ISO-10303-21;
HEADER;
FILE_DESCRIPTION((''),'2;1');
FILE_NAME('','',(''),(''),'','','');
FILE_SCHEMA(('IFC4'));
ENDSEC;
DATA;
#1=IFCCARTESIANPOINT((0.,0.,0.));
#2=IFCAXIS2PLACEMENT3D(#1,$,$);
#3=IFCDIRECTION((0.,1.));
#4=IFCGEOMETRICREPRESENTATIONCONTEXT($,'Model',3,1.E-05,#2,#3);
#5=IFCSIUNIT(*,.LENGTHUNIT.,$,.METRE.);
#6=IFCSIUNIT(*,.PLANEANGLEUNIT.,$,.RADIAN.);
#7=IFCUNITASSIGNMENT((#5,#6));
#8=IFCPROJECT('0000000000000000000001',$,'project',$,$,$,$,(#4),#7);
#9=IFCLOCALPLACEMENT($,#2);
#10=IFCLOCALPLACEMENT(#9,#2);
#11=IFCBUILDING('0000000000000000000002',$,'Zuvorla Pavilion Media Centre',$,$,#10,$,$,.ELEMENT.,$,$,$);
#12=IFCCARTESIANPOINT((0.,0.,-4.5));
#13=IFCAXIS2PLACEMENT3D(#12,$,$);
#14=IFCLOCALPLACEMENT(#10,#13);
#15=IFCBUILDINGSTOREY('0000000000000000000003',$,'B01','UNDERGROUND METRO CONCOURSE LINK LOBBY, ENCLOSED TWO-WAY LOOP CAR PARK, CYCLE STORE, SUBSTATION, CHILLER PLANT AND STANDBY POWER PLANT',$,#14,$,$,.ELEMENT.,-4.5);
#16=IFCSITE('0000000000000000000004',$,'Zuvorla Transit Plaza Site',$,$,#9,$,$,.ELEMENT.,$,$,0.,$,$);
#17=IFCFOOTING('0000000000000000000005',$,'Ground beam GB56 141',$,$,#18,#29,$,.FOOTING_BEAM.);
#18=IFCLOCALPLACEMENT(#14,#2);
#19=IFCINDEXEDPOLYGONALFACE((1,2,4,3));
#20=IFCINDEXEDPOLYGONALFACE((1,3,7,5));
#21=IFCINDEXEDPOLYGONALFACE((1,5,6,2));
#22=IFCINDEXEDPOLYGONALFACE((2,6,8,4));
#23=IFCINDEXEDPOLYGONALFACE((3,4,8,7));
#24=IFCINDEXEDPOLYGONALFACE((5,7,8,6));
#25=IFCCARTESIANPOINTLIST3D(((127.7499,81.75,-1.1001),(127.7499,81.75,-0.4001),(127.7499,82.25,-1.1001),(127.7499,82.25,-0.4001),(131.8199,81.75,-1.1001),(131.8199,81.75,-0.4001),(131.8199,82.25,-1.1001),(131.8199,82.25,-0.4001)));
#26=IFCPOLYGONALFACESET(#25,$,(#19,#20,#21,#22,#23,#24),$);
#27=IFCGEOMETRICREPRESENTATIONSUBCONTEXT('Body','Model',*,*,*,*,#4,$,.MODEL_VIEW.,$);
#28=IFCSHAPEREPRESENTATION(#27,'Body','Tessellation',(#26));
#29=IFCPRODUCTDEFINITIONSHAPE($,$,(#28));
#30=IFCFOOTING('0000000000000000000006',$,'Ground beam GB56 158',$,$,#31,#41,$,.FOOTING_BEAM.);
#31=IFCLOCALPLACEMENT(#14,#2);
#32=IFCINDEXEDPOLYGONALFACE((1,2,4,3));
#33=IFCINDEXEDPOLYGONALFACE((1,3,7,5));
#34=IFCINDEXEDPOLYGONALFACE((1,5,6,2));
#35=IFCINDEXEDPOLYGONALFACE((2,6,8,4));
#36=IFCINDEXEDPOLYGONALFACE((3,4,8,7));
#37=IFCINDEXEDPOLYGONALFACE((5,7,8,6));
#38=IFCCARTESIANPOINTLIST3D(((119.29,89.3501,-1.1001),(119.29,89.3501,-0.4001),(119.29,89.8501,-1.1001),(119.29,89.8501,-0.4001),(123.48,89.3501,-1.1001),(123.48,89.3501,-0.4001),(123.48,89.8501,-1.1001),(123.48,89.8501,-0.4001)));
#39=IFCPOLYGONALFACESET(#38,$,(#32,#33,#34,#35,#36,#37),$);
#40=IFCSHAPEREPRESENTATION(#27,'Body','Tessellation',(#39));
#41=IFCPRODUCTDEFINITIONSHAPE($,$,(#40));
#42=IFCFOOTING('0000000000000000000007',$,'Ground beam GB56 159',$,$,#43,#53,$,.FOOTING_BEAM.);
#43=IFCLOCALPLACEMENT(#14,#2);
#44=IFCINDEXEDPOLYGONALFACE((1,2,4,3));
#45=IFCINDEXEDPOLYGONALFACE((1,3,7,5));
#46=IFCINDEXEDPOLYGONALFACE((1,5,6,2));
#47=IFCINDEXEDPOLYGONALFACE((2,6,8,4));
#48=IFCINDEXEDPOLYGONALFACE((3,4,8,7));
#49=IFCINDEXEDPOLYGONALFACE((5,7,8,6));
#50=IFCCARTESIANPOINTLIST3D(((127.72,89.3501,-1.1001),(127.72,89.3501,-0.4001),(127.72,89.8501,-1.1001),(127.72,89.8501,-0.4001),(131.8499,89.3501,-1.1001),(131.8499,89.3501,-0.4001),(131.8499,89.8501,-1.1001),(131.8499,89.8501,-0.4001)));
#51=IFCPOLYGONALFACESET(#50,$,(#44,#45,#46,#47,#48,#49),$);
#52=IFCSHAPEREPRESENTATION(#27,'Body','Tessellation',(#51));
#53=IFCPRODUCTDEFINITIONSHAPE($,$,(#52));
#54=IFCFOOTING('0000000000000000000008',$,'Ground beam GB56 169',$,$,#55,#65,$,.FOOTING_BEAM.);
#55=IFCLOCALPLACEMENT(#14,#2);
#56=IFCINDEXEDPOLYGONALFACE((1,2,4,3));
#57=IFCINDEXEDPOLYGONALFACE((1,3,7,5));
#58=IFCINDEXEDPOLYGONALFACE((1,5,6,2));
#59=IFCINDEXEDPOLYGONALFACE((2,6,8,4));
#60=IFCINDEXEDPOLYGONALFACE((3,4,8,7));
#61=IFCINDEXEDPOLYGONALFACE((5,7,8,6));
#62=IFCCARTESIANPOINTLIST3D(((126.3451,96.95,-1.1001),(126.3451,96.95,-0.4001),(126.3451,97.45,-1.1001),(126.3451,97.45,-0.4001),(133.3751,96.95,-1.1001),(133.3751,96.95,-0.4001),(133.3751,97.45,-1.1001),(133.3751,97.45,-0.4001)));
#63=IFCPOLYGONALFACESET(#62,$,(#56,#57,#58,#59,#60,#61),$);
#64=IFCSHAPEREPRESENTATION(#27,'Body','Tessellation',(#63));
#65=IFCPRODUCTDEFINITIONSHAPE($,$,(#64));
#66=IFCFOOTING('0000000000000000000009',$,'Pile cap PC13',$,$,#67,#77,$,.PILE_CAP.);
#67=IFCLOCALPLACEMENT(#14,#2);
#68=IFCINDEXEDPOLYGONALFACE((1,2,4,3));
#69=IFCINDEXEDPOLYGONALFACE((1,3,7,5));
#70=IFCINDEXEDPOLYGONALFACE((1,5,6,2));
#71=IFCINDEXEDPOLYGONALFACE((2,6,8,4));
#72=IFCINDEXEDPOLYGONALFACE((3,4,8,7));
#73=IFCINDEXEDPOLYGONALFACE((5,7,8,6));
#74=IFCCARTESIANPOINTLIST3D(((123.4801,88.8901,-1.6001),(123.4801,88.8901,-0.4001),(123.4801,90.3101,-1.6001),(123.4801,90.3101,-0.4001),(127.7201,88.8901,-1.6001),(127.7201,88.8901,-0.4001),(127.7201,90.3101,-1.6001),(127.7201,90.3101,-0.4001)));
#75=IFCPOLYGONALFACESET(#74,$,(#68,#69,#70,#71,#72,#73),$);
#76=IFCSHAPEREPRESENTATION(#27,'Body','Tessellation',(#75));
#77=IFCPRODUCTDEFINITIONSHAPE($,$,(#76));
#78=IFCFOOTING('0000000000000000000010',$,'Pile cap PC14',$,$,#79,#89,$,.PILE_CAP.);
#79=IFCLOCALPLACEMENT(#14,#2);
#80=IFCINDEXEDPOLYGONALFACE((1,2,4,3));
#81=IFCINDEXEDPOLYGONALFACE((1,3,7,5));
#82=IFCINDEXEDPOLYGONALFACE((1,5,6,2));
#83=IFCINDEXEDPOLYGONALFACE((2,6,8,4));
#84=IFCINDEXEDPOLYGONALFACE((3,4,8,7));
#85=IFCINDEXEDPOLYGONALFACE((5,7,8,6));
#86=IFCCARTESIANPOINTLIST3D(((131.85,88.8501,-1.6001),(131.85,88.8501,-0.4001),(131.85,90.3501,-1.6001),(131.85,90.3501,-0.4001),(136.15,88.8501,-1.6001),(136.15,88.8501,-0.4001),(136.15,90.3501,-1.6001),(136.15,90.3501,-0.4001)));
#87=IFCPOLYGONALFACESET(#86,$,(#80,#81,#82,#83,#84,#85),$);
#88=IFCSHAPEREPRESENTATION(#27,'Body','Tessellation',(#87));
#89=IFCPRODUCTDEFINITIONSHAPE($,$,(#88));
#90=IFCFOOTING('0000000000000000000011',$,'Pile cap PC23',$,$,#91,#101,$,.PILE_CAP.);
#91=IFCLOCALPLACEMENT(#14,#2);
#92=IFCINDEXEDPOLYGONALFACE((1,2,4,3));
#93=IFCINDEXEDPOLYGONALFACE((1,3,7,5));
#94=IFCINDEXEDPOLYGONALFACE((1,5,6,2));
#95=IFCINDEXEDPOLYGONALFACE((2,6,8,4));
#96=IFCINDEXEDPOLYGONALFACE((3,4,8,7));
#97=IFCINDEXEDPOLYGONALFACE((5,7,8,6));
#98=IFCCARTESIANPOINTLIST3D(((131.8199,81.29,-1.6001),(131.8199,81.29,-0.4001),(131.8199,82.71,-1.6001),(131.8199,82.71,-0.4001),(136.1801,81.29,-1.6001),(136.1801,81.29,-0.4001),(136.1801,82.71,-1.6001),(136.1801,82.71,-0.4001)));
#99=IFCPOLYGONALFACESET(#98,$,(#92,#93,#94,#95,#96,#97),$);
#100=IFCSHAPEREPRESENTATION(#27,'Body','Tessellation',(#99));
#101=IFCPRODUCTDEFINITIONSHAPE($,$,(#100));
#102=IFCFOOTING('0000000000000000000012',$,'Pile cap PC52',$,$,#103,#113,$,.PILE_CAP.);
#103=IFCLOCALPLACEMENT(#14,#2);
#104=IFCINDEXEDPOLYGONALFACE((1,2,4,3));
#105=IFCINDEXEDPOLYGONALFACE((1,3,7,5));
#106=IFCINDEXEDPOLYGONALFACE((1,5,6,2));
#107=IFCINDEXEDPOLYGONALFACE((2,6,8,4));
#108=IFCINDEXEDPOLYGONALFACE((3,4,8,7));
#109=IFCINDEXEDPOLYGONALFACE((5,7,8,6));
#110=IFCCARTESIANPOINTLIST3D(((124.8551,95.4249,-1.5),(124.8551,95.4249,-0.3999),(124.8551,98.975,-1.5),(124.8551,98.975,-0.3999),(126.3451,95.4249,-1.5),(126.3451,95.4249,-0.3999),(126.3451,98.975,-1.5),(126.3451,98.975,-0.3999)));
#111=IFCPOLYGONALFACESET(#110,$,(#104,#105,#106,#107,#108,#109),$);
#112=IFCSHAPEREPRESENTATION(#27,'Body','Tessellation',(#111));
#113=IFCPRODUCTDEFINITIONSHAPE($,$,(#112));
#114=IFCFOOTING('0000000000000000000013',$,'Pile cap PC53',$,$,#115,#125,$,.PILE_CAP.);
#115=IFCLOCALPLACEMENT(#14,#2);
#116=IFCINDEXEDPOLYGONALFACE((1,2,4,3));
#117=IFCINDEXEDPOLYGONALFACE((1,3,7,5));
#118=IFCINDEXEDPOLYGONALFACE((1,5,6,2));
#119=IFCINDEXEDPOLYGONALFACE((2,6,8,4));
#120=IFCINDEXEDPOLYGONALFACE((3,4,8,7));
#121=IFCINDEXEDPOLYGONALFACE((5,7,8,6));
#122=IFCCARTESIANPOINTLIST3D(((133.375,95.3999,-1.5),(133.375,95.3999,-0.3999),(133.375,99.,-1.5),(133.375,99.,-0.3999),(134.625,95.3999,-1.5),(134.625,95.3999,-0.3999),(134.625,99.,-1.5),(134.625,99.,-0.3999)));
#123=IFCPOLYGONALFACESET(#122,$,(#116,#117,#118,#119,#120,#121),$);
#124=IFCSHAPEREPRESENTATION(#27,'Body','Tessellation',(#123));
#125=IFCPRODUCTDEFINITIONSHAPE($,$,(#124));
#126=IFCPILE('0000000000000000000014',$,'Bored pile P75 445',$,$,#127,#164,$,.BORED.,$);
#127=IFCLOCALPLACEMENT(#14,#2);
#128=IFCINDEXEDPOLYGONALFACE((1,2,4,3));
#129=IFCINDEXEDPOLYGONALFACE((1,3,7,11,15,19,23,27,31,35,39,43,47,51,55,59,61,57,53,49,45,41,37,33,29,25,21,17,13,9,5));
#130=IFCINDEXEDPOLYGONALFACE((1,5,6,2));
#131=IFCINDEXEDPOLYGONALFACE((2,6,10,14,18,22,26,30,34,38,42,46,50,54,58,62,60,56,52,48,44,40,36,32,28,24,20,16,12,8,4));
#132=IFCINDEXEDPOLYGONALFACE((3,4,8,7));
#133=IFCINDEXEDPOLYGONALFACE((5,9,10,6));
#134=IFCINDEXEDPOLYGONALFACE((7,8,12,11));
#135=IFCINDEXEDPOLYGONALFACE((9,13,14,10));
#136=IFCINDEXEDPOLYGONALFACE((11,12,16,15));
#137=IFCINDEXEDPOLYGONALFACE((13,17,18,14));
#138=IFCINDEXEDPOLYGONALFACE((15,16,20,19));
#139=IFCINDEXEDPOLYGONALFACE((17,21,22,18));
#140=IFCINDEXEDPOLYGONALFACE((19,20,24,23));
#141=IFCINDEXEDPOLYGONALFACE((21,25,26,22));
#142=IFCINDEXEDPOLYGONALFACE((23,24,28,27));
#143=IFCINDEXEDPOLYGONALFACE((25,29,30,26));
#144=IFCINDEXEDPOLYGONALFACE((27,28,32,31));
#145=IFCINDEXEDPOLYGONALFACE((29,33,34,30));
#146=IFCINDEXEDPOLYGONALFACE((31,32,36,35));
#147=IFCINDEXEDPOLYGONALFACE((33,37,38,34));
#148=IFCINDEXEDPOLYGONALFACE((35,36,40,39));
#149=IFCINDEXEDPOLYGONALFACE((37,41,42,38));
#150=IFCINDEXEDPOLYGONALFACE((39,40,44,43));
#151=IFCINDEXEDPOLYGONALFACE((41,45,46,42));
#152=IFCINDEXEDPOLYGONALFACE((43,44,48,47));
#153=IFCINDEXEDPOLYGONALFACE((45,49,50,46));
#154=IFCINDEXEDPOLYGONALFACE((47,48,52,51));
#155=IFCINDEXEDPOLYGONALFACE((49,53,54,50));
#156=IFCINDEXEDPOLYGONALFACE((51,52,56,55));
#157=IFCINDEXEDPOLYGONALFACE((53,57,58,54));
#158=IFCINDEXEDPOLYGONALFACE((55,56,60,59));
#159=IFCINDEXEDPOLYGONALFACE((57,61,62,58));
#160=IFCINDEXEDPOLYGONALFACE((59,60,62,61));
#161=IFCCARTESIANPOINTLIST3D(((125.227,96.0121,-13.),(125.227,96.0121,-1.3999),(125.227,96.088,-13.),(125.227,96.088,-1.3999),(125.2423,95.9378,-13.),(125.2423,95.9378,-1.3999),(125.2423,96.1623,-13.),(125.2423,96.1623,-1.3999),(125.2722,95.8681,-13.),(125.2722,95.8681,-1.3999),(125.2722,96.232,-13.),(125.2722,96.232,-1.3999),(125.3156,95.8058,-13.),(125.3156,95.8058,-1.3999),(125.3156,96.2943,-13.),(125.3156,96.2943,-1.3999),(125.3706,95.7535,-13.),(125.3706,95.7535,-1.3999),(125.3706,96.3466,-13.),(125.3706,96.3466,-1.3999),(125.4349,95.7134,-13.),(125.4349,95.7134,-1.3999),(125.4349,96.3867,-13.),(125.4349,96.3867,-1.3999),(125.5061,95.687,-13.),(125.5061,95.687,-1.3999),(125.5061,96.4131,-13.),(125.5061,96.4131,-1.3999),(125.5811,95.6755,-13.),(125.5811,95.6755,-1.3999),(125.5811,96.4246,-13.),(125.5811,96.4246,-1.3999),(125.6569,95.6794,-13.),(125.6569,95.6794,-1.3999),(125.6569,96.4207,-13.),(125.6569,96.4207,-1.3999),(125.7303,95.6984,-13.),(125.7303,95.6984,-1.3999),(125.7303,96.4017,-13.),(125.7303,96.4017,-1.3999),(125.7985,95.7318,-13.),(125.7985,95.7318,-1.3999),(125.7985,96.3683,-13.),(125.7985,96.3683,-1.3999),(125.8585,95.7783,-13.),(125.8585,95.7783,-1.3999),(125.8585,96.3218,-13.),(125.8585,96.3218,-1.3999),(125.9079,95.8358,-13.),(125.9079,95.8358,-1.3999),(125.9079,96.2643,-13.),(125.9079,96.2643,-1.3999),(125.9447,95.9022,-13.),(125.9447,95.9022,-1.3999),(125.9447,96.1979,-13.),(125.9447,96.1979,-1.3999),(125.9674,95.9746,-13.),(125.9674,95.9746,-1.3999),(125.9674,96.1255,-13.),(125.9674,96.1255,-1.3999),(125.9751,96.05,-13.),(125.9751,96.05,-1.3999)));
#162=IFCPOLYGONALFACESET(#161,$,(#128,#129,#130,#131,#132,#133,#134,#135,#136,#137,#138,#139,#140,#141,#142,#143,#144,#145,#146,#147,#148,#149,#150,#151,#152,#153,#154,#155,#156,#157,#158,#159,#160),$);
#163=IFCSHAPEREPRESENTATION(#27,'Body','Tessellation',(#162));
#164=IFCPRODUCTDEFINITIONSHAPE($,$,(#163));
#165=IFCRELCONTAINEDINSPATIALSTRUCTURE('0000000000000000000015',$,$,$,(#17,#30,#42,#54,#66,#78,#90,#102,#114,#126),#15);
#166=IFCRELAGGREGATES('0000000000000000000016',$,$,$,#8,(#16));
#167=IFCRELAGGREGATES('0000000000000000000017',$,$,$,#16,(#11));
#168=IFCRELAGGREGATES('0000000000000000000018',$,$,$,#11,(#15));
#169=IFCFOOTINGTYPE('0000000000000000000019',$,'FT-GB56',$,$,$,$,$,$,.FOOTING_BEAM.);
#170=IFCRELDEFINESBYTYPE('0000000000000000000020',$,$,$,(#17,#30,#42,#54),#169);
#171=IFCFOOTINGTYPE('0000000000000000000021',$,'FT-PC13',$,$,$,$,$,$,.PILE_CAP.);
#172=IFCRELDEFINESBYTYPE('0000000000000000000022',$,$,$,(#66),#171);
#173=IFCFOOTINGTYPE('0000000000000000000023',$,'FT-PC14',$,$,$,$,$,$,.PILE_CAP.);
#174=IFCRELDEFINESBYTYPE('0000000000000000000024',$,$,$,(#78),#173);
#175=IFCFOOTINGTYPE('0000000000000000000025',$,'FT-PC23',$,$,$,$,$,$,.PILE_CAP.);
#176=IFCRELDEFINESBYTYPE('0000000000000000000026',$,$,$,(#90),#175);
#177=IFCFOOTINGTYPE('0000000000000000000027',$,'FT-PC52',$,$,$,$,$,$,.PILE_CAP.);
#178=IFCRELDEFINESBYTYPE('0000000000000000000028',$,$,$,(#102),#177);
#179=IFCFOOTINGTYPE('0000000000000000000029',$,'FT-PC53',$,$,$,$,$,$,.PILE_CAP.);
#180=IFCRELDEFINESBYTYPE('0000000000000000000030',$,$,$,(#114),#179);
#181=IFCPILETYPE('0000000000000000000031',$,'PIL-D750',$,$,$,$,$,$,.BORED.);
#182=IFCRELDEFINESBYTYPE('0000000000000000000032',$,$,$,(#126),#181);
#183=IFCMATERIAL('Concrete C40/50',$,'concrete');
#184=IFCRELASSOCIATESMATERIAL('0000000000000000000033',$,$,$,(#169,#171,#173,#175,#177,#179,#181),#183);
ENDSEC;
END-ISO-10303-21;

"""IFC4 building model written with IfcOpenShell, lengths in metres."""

from ifc_helpers import new_model, si_unit, direction, frame, origin, origin_2d, place, context, subcontext, project, spatial, rectangle, circle, extrude, material, material_profile, profile_set, type_object, element, save


model = new_model("IFC4")

# Units and contexts
model_context = context("Model", 3, precision=1e-05, world=origin(), true_north=direction((0.0, 1.0)))
body_context = subcontext(model_context, "Body", "Model", "MODEL_VIEW")
ifc_project = project(units=[si_unit("LENGTHUNIT", "METRE"), si_unit("PLANEANGLEUNIT", "RADIAN")], contexts=[model_context])

# Site, building, storey
site_placement = place(None, origin())
site = spatial("IfcSite", under=ifc_project, at=site_placement, Name="Zuvorla Transit Plaza Site", CompositionType="ELEMENT", RefElevation=0.0)
building_placement = place(site_placement, origin())
building = spatial("IfcBuilding", under=site, at=building_placement, Name="Zuvorla Pavilion Media Centre", CompositionType="ELEMENT")
storey_placement = place(building_placement, frame((0.0, 0.0, -4.5)))
storey = spatial("IfcBuildingStorey", under=building, at=storey_placement, Name="B01", Description="UNDERGROUND METRO CONCOURSE LINK LOBBY, ENCLOSED TWO-WAY LOOP CAR PARK, CYCLE STORE, SUBSTATION, CHILLER PLANT AND STANDBY POWER PLANT", CompositionType="ELEMENT", Elevation=-4.5)

# Footings
ifc_material = material(Name="Concrete C40/50", Category="concrete")
footing_type_1 = type_object("IfcFootingType", Name="FT-GB56", PredefinedType="FOOTING_BEAM", material=ifc_material)
footing_1_placement = place(storey_placement, frame((129.7849, 82.0, -1.1001), z_axis=(0.0, 0.0, 1.0), x_axis=(1.0, 0.0, 0.0)))
element("IfcFooting", 1, at=footing_1_placement, inside=storey, type_object=footing_type_1, Name="Ground beam GB56 141", PredefinedType="FOOTING_BEAM", context=body_context, shape_type="SweptSolid", body=[
    extrude(rectangle(XDim=4.0701, YDim=0.5, at=origin_2d()), origin(), (0.0, 0.0, 1.0), 0.7),
])
footing_2_placement = place(storey_placement, frame((121.385, 89.6001, -1.1001), z_axis=(0.0, 0.0, 1.0), x_axis=(1.0, 0.0, 0.0)))
element("IfcFooting", 2, at=footing_2_placement, inside=storey, type_object=footing_type_1, Name="Ground beam GB56 158", PredefinedType="FOOTING_BEAM", context=body_context, shape_type="SweptSolid", body=[
    extrude(rectangle(XDim=4.1899, YDim=0.5, at=origin_2d()), origin(), (0.0, 0.0, 1.0), 0.7),
])
footing_3_placement = place(storey_placement, frame((129.7849, 89.6001, -1.1001), z_axis=(0.0, 0.0, 1.0), x_axis=(1.0, 0.0, 0.0)))
element("IfcFooting", 3, at=footing_3_placement, inside=storey, type_object=footing_type_1, Name="Ground beam GB56 159", PredefinedType="FOOTING_BEAM", context=body_context, shape_type="SweptSolid", body=[
    extrude(rectangle(XDim=4.1299, YDim=0.5, at=origin_2d()), origin(), (0.0, 0.0, 1.0), 0.7),
])
footing_4_placement = place(storey_placement, frame((129.8601, 97.2, -1.1001), z_axis=(0.0, 0.0, 1.0), x_axis=(1.0, 0.0, 0.0)))
element("IfcFooting", 4, at=footing_4_placement, inside=storey, type_object=footing_type_1, Name="Ground beam GB56 169", PredefinedType="FOOTING_BEAM", context=body_context, shape_type="SweptSolid", body=[
    extrude(rectangle(XDim=7.03, YDim=0.5, at=origin_2d()), origin(), (0.0, 0.0, 1.0), 0.7),
])
footing_type_2 = type_object("IfcFootingType", Name="FT-PC13", PredefinedType="PILE_CAP", material=ifc_material)
footing_5_placement = place(storey_placement, frame((125.6001, 89.6001, -1.6001), z_axis=(0.0, 0.0, 1.0), x_axis=(1.0, 0.0, 0.0)))
element("IfcFooting", 5, at=footing_5_placement, inside=storey, type_object=footing_type_2, Name="Pile cap PC13", PredefinedType="PILE_CAP", context=body_context, shape_type="SweptSolid", body=[
    extrude(rectangle(XDim=4.24, YDim=1.4199, at=origin_2d()), origin(), (0.0, 0.0, 1.0), 1.2),
])
footing_type_3 = type_object("IfcFootingType", Name="FT-PC14", PredefinedType="PILE_CAP", material=ifc_material)
footing_6_placement = place(storey_placement, frame((134.0, 89.6001, -1.6001), z_axis=(0.0, 0.0, 1.0), x_axis=(1.0, 0.0, 0.0)))
element("IfcFooting", 6, at=footing_6_placement, inside=storey, type_object=footing_type_3, Name="Pile cap PC14", PredefinedType="PILE_CAP", context=body_context, shape_type="SweptSolid", body=[
    extrude(rectangle(XDim=4.3, YDim=1.5, at=origin_2d()), origin(), (0.0, 0.0, 1.0), 1.2),
])
footing_type_4 = type_object("IfcFootingType", Name="FT-PC23", PredefinedType="PILE_CAP", material=ifc_material)
footing_7_placement = place(storey_placement, frame((134.0, 82.0, -1.6001), z_axis=(0.0, 0.0, 1.0), x_axis=(1.0, 0.0, 0.0)))
element("IfcFooting", 7, at=footing_7_placement, inside=storey, type_object=footing_type_4, Name="Pile cap PC23", PredefinedType="PILE_CAP", context=body_context, shape_type="SweptSolid", body=[
    extrude(rectangle(XDim=4.3601, YDim=1.4199, at=origin_2d()), origin(), (0.0, 0.0, 1.0), 1.2),
])
footing_type_5 = type_object("IfcFootingType", Name="FT-PC52", PredefinedType="PILE_CAP", material=ifc_material)
footing_8_placement = place(storey_placement, frame((125.6001, 97.2, -1.5), z_axis=(0.0, 0.0, 1.0), x_axis=(1.0, 0.0, 0.0)))
element("IfcFooting", 8, at=footing_8_placement, inside=storey, type_object=footing_type_5, Name="Pile cap PC52", PredefinedType="PILE_CAP", context=body_context, shape_type="SweptSolid", body=[
    extrude(rectangle(XDim=1.49, YDim=3.55, at=origin_2d()), origin(), (0.0, 0.0, 1.0), 1.1001),
])
footing_type_6 = type_object("IfcFootingType", Name="FT-PC53", PredefinedType="PILE_CAP", material=ifc_material)
footing_9_placement = place(storey_placement, frame((134.0, 97.2, -1.5), z_axis=(0.0, 0.0, 1.0), x_axis=(1.0, 0.0, 0.0)))
element("IfcFooting", 9, at=footing_9_placement, inside=storey, type_object=footing_type_6, Name="Pile cap PC53", PredefinedType="PILE_CAP", context=body_context, shape_type="SweptSolid", body=[
    extrude(rectangle(XDim=1.25, YDim=3.6001, at=origin_2d()), origin(), (0.0, 0.0, 1.0), 1.1001),
])

# Pile
ifc_material_profile_1 = material_profile(ifc_material, circle(Radius=0.375, at=origin_2d()), Name="BORED PILE 750")
ifc_profile_set_1 = profile_set([ifc_material_profile_1], Name="Concrete C40/50")
pile_type_1 = type_object("IfcPileType", Name="PIL-D750", PredefinedType="BORED", material=ifc_profile_set_1)
for number, where, z_axis, x_axis, name in (
    (10, (125.6001, 96.05, -1.3999), (0.0, 0.0, -1.0), (1.0, 0.0, 0.0), "Bored pile P75 445"),
):
    element("IfcPile", number, at=place(storey_placement, frame(where, z_axis=z_axis, x_axis=x_axis)), inside=storey, type_object=pile_type_1, Name=name, PredefinedType="BORED", context=body_context, shape_type="SweptSolid", body=[
        extrude(circle(Radius=0.375, at=origin_2d()), origin(), (0.0, 0.0, 1.0), 11.6001),
    ])

save(model, "model.ifc")
